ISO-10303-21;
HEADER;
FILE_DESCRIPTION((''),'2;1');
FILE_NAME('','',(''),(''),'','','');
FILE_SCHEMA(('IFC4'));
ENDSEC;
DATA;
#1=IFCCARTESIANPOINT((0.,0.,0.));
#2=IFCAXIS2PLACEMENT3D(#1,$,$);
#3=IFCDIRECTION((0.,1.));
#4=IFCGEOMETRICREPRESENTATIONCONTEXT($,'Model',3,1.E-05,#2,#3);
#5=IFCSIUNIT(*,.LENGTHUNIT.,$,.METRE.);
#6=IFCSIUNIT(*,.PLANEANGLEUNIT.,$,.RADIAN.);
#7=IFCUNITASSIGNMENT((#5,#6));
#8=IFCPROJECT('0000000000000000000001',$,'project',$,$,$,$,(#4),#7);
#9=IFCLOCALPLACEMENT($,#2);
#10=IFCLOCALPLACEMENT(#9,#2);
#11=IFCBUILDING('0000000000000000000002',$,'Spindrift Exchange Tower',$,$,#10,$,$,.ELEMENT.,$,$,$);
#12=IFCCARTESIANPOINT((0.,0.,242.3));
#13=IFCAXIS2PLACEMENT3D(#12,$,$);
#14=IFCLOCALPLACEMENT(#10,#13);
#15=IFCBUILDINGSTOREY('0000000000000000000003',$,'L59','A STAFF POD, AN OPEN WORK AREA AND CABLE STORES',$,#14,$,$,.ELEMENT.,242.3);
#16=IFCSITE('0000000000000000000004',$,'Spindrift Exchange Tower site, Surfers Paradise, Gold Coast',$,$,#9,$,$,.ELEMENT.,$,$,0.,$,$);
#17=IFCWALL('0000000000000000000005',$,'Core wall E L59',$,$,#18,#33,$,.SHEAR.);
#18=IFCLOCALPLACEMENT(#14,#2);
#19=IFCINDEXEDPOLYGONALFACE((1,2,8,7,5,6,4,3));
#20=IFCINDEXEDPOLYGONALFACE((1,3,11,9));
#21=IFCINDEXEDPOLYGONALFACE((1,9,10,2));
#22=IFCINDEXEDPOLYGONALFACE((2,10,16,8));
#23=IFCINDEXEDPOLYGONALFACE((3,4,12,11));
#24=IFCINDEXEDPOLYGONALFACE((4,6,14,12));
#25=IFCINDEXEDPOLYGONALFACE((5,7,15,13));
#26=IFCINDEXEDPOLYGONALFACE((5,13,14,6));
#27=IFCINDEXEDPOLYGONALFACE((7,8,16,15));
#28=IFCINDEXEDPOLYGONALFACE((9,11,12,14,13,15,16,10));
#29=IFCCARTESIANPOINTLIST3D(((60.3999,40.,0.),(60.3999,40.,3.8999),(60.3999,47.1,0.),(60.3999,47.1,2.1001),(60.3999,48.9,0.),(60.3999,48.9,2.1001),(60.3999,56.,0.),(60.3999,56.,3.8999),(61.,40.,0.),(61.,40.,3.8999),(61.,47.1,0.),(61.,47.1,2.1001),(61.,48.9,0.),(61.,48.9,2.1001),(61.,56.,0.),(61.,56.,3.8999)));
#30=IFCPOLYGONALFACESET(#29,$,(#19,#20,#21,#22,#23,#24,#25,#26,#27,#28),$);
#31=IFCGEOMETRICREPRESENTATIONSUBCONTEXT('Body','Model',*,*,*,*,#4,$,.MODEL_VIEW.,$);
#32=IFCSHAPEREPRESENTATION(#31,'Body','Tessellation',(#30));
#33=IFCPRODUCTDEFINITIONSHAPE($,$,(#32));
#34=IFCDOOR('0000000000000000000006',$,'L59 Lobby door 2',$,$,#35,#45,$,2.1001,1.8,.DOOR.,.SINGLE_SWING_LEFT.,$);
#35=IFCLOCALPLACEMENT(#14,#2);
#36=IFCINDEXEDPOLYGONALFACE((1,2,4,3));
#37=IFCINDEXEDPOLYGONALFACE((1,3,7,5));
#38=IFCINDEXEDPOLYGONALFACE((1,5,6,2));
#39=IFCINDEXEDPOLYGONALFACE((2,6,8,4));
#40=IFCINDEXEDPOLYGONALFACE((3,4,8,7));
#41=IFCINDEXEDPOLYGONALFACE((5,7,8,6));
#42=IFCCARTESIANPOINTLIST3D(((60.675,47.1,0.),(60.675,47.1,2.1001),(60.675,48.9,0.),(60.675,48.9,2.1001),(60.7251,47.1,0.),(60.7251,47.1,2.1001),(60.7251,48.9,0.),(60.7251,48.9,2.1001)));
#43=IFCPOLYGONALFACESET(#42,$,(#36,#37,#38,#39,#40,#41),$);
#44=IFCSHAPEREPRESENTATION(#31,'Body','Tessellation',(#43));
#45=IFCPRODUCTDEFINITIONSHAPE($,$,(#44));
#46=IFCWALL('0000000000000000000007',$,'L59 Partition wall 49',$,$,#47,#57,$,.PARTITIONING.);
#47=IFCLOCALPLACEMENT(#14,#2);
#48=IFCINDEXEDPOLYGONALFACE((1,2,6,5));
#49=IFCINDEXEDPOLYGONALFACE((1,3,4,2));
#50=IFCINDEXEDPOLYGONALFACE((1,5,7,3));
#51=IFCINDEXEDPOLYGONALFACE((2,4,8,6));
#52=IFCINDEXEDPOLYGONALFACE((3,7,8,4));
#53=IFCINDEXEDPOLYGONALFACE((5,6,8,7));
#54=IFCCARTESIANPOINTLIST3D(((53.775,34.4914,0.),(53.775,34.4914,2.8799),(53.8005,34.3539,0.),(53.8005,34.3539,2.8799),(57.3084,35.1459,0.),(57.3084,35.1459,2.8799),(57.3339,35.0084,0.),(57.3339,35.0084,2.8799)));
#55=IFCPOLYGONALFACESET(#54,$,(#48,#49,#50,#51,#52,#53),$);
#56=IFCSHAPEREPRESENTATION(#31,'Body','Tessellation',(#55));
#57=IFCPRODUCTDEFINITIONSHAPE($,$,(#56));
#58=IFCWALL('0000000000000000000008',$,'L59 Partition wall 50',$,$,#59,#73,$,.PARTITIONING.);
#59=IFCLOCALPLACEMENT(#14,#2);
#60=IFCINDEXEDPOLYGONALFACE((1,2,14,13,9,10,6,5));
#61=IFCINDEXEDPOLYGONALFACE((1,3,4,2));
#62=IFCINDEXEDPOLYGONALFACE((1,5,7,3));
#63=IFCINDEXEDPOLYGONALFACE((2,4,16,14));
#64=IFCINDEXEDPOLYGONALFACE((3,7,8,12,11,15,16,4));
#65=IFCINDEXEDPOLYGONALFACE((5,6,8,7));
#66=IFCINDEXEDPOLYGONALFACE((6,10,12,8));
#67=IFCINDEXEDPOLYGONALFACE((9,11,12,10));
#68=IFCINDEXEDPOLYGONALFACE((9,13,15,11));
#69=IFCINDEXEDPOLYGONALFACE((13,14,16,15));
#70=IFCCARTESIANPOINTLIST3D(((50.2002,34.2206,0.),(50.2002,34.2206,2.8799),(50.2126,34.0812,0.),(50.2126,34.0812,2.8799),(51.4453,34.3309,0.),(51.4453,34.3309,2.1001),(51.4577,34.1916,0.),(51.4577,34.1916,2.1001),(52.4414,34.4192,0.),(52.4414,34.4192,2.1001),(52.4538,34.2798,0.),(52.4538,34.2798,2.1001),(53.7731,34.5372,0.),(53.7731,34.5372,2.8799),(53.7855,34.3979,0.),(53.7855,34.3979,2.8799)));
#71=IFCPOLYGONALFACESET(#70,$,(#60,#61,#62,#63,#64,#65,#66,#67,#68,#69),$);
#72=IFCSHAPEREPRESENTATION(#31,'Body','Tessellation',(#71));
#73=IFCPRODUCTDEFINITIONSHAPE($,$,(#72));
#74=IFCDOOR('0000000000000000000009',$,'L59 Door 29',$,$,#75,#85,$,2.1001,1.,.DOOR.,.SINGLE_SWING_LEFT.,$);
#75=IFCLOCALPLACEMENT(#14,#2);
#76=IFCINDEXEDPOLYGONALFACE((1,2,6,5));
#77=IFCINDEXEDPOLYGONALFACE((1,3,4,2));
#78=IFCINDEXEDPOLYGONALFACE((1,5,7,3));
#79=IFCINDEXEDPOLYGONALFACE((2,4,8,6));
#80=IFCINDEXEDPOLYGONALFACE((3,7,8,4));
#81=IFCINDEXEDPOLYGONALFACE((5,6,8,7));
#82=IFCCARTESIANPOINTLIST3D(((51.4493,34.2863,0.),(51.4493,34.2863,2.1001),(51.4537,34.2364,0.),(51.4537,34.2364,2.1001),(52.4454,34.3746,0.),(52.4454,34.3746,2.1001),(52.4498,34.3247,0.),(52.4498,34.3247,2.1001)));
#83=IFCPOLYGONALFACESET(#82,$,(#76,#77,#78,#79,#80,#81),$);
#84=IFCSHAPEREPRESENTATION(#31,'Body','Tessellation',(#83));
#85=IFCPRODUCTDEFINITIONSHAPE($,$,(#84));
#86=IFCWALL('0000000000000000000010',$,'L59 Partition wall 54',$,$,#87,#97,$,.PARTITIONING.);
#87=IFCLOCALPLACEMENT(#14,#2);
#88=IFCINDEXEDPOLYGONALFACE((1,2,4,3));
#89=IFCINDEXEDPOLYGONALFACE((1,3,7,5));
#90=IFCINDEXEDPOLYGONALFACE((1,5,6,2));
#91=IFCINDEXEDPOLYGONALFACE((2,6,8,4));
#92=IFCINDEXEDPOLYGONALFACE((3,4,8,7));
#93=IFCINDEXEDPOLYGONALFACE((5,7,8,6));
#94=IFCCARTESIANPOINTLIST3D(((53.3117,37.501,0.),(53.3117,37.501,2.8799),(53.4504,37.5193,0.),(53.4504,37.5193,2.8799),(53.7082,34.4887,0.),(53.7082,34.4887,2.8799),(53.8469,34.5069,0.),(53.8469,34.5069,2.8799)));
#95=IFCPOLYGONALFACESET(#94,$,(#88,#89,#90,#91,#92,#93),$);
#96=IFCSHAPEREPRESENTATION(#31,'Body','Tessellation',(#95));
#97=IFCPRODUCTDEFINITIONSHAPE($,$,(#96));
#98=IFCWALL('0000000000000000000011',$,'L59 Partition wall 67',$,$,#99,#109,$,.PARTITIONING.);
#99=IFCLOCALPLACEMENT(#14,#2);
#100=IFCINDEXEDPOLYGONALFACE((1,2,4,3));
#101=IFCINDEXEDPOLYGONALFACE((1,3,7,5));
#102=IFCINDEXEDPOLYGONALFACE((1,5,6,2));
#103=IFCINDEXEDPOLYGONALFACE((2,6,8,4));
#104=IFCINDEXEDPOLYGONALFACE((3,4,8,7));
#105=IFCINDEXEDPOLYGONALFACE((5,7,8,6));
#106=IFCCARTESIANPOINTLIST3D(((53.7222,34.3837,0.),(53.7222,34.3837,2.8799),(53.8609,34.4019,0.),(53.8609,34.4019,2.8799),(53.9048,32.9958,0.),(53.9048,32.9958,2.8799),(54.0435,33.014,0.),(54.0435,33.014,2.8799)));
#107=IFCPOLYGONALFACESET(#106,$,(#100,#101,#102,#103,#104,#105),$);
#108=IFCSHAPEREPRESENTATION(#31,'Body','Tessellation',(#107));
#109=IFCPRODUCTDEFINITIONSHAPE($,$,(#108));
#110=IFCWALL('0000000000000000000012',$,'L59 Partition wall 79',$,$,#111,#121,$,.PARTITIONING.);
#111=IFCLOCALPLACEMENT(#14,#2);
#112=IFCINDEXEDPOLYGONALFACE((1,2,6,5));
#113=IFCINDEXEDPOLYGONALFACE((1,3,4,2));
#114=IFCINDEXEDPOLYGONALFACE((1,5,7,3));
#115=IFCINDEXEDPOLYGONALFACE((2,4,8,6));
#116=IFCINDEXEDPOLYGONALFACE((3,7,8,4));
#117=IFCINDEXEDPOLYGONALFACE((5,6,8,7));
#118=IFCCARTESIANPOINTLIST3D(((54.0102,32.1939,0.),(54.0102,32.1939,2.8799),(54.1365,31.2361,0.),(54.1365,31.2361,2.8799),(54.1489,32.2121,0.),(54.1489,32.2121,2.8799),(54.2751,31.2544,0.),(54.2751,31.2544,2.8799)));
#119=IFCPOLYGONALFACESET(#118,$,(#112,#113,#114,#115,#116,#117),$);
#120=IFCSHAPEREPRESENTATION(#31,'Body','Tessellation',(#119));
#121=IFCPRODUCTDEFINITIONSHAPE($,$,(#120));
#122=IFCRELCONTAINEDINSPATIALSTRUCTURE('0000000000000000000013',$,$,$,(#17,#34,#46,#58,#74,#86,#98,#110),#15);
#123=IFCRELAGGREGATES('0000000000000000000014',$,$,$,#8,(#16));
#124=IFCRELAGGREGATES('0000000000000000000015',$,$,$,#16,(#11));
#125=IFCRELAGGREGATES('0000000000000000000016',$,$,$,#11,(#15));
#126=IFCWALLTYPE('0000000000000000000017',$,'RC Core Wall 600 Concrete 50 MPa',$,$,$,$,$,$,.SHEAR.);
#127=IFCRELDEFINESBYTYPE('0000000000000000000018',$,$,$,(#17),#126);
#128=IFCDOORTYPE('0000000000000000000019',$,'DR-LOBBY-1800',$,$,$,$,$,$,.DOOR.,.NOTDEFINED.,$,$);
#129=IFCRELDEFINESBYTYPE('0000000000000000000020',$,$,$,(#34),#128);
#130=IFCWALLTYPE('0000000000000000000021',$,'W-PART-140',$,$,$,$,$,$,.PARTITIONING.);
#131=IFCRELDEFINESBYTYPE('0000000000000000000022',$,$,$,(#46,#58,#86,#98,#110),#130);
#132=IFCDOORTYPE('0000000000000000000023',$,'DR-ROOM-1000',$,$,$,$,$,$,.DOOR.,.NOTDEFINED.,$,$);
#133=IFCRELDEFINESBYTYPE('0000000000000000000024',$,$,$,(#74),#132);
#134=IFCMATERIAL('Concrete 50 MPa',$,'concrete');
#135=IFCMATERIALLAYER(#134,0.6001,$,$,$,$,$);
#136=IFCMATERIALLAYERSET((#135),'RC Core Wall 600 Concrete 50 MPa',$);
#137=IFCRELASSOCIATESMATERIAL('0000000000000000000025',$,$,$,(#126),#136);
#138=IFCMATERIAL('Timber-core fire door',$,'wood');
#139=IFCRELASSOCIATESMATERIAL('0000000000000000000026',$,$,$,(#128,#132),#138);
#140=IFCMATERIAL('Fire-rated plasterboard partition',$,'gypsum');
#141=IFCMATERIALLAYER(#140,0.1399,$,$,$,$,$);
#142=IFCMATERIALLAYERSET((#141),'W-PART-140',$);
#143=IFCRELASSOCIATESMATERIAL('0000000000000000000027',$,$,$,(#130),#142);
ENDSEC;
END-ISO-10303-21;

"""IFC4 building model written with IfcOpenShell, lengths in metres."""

from ifc_helpers import new_model, si_unit, direction, frame, frame_2d, origin, place, context, subcontext, project, spatial, rectangle, extrude, source, transform, mapped, material, layer, layer_set, type_object, element, fill, save


model = new_model("IFC4")

# Units and contexts
model_context = context("Model", 3, precision=1e-05, world=origin(), true_north=direction((0.0, 1.0)))
body_context = subcontext(model_context, "Body", "Model", "MODEL_VIEW")
ifc_project = project(units=[si_unit("LENGTHUNIT", "METRE"), si_unit("PLANEANGLEUNIT", "RADIAN")], contexts=[model_context])

# Site, building, storey
site_placement = place(None, origin())
site = spatial("IfcSite", under=ifc_project, at=site_placement, Name="Spindrift Exchange Tower site, Surfers Paradise, Gold Coast", CompositionType="ELEMENT", RefElevation=0.0)
building_placement = place(site_placement, origin())
building = spatial("IfcBuilding", under=site, at=building_placement, Name="Spindrift Exchange Tower", CompositionType="ELEMENT")
storey_placement = place(building_placement, frame((0.0, 0.0, 242.3)))
storey = spatial("IfcBuildingStorey", under=building, at=storey_placement, Name="L59", Description="A STAFF POD, AN OPEN WORK AREA AND CABLE STORES", CompositionType="ELEMENT", Elevation=242.3)

# Wall, opening, door
ifc_material_1 = material(Name="Concrete 50 MPa", Category="concrete")
ifc_layer_1 = layer(ifc_material_1, 0.6001)
ifc_layer_set_1 = layer_set([ifc_layer_1], Name="RC Core Wall 600 Concrete 50 MPa")
wall_type_1 = type_object("IfcWallType", Name="RC Core Wall 600 Concrete 50 MPa", PredefinedType="SHEAR", material=ifc_layer_set_1)
wall_1_placement = place(storey_placement, frame((60.7, 40.0, 0.0), z_axis=(0.0, 0.0, 1.0), x_axis=(0.0, 1.0, 0.0)))
wall_1 = element("IfcWall", 1, at=wall_1_placement, inside=storey, type_object=wall_type_1, Name="Core wall E L59", PredefinedType="SHEAR", context=body_context, shape_type="SweptSolid", body=[
    extrude(rectangle(XDim=16.0, YDim=0.6001, at=frame_2d((8.0, 0.0))), origin(), (0.0, 0.0, 1.0), 3.8999),
])
opening_1_placement = place(wall_1_placement, frame((7.1001, 0.0, 0.0)))
opening_1 = element("IfcOpeningElement", 2, at=opening_1_placement, cuts=wall_1, PredefinedType="OPENING", context=body_context, shape_type="SweptSolid", body=[
    extrude(rectangle(XDim=1.8, YDim=2.1001, at=frame_2d((0.8999, 1.05))), frame((0.0, 0.3101, 0.0), z_axis=(0.0, -1.0, 0.0), x_axis=(1.0, 0.0, 0.0)), (0.0, 0.0, 1.0), 0.6201),
])
ifc_material_2 = material(Name="Timber-core fire door", Category="wood")
door_type_1 = type_object("IfcDoorType", Name="DR-LOBBY-1800", OperationType="NOTDEFINED", PredefinedType="DOOR", material=ifc_material_2)
shared_shape_1 = source(origin(), body_context, "Body", "SweptSolid", [
    extrude(rectangle(XDim=1.8, YDim=2.1001, at=frame_2d((0.8999, 1.05))), frame((0.0, 0.0249, 0.0), z_axis=(0.0, -1.0, 0.0), x_axis=(1.0, 0.0, 0.0)), (0.0, 0.0, 1.0), 0.05),
])
door_1_placement = place(opening_1_placement, origin())
door_1 = element("IfcDoor", 3, at=door_1_placement, inside=storey, type_object=door_type_1, Name="L59 Lobby door 2", OperationType="SINGLE_SWING_LEFT", OverallHeight=2.1001, OverallWidth=1.8, PredefinedType="DOOR", context=body_context, shape_type="MappedRepresentation", body=[
    mapped(shared_shape_1, transform((0.0, 0.0, 0.0), scale=1.0)),
])
fill(opening_1, door_1)

# Wall
ifc_material_3 = material(Name="Fire-rated plasterboard partition", Category="gypsum")
ifc_layer_2 = layer(ifc_material_3, 0.1399)
ifc_layer_set_2 = layer_set([ifc_layer_2], Name="W-PART-140")
wall_type_2 = type_object("IfcWallType", Name="W-PART-140", PredefinedType="PARTITIONING", material=ifc_layer_set_2)
wall_2_placement = place(storey_placement, frame((53.7876, 34.4226, 0.0), z_axis=(0.0, 0.0, 1.0), x_axis=(0.983272, 0.182143, 0.0)))
element("IfcWall", 4, at=wall_2_placement, inside=storey, type_object=wall_type_2, Name="L59 Partition wall 49", PredefinedType="PARTITIONING", context=body_context, shape_type="SweptSolid", body=[
    extrude(rectangle(XDim=3.5935, YDim=0.1399, at=frame_2d((1.7969, 0.0))), origin(), (0.0, 0.0, 1.0), 2.8799),
])

# Wall, opening, door
wall_3_placement = place(storey_placement, frame((53.7793, 34.4675, 0.0), z_axis=(0.0, 0.0, 1.0), x_axis=(-0.996096, -0.088277, 0.0)))
wall_3 = element("IfcWall", 5, at=wall_3_placement, inside=storey, type_object=wall_type_2, Name="L59 Partition wall 50", PredefinedType="PARTITIONING", context=body_context, shape_type="SweptSolid", body=[
    extrude(rectangle(XDim=3.5869, YDim=0.1399, at=frame_2d((1.7935, 0.0))), origin(), (0.0, 0.0, 1.0), 2.8799),
])
opening_2_placement = place(wall_3_placement, frame((1.3369, 0.0, 0.0)))
opening_2 = element("IfcOpeningElement", 6, at=opening_2_placement, cuts=wall_3, PredefinedType="OPENING", context=body_context, shape_type="SweptSolid", body=[
    extrude(rectangle(XDim=1.0, YDim=2.1001, at=frame_2d((0.5, 1.05))), frame((0.0, 0.0798, 0.0), z_axis=(0.0, -1.0, 0.0), x_axis=(1.0, 0.0, 0.0)), (0.0, 0.0, 1.0), 0.1599),
])
door_type_2 = type_object("IfcDoorType", Name="DR-ROOM-1000", OperationType="NOTDEFINED", PredefinedType="DOOR", material=ifc_material_2)
shared_shape_2 = source(origin(), body_context, "Body", "SweptSolid", [
    extrude(rectangle(XDim=1.0, YDim=2.1001, at=frame_2d((0.5, 1.05))), frame((0.0, 0.0249, 0.0), z_axis=(0.0, -1.0, 0.0), x_axis=(1.0, 0.0, 0.0)), (0.0, 0.0, 1.0), 0.05),
])
door_2_placement = place(opening_2_placement, origin())
door_2 = element("IfcDoor", 7, at=door_2_placement, inside=storey, type_object=door_type_2, Name="L59 Door 29", OperationType="SINGLE_SWING_LEFT", OverallHeight=2.1001, OverallWidth=1.0, PredefinedType="DOOR", context=body_context, shape_type="MappedRepresentation", body=[
    mapped(shared_shape_2, transform((0.0, 0.0, 0.0), scale=1.0)),
])
fill(opening_2, door_2)

# Walls
wall_4_placement = place(storey_placement, frame((53.3811, 37.51, 0.0), z_axis=(0.0, 0.0, 1.0), x_axis=(0.13049, -0.99145, 0.0)))
element("IfcWall", 8, at=wall_4_placement, inside=storey, type_object=wall_type_2, Name="L59 Partition wall 54", PredefinedType="PARTITIONING", context=body_context, shape_type="SweptSolid", body=[
    extrude(rectangle(XDim=3.0383, YDim=0.1399, at=frame_2d((1.519, 0.0))), origin(), (0.0, 0.0, 1.0), 2.8799),
])
wall_5_placement = place(storey_placement, frame((53.7915, 34.3928, 0.0), z_axis=(0.0, 0.0, 1.0), x_axis=(0.13045, -0.991455, 0.0)))
element("IfcWall", 9, at=wall_5_placement, inside=storey, type_object=wall_type_2, Name="L59 Partition wall 67", PredefinedType="PARTITIONING", context=body_context, shape_type="SweptSolid", body=[
    extrude(rectangle(XDim=1.3999, YDim=0.1399, at=frame_2d((0.7, 0.0))), origin(), (0.0, 0.0, 1.0), 2.8799),
])
wall_6_placement = place(storey_placement, frame((54.0796, 32.2029, 0.0), z_axis=(0.0, 0.0, 1.0), x_axis=(0.130657, -0.991428, 0.0)))
element("IfcWall", 10, at=wall_6_placement, inside=storey, type_object=wall_type_2, Name="L59 Partition wall 79", PredefinedType="PARTITIONING", context=body_context, shape_type="SweptSolid", body=[
    extrude(rectangle(XDim=0.9661, YDim=0.1399, at=frame_2d((0.4829, 0.0))), origin(), (0.0, 0.0, 1.0), 2.8799),
])

save(model, "model.ifc")
